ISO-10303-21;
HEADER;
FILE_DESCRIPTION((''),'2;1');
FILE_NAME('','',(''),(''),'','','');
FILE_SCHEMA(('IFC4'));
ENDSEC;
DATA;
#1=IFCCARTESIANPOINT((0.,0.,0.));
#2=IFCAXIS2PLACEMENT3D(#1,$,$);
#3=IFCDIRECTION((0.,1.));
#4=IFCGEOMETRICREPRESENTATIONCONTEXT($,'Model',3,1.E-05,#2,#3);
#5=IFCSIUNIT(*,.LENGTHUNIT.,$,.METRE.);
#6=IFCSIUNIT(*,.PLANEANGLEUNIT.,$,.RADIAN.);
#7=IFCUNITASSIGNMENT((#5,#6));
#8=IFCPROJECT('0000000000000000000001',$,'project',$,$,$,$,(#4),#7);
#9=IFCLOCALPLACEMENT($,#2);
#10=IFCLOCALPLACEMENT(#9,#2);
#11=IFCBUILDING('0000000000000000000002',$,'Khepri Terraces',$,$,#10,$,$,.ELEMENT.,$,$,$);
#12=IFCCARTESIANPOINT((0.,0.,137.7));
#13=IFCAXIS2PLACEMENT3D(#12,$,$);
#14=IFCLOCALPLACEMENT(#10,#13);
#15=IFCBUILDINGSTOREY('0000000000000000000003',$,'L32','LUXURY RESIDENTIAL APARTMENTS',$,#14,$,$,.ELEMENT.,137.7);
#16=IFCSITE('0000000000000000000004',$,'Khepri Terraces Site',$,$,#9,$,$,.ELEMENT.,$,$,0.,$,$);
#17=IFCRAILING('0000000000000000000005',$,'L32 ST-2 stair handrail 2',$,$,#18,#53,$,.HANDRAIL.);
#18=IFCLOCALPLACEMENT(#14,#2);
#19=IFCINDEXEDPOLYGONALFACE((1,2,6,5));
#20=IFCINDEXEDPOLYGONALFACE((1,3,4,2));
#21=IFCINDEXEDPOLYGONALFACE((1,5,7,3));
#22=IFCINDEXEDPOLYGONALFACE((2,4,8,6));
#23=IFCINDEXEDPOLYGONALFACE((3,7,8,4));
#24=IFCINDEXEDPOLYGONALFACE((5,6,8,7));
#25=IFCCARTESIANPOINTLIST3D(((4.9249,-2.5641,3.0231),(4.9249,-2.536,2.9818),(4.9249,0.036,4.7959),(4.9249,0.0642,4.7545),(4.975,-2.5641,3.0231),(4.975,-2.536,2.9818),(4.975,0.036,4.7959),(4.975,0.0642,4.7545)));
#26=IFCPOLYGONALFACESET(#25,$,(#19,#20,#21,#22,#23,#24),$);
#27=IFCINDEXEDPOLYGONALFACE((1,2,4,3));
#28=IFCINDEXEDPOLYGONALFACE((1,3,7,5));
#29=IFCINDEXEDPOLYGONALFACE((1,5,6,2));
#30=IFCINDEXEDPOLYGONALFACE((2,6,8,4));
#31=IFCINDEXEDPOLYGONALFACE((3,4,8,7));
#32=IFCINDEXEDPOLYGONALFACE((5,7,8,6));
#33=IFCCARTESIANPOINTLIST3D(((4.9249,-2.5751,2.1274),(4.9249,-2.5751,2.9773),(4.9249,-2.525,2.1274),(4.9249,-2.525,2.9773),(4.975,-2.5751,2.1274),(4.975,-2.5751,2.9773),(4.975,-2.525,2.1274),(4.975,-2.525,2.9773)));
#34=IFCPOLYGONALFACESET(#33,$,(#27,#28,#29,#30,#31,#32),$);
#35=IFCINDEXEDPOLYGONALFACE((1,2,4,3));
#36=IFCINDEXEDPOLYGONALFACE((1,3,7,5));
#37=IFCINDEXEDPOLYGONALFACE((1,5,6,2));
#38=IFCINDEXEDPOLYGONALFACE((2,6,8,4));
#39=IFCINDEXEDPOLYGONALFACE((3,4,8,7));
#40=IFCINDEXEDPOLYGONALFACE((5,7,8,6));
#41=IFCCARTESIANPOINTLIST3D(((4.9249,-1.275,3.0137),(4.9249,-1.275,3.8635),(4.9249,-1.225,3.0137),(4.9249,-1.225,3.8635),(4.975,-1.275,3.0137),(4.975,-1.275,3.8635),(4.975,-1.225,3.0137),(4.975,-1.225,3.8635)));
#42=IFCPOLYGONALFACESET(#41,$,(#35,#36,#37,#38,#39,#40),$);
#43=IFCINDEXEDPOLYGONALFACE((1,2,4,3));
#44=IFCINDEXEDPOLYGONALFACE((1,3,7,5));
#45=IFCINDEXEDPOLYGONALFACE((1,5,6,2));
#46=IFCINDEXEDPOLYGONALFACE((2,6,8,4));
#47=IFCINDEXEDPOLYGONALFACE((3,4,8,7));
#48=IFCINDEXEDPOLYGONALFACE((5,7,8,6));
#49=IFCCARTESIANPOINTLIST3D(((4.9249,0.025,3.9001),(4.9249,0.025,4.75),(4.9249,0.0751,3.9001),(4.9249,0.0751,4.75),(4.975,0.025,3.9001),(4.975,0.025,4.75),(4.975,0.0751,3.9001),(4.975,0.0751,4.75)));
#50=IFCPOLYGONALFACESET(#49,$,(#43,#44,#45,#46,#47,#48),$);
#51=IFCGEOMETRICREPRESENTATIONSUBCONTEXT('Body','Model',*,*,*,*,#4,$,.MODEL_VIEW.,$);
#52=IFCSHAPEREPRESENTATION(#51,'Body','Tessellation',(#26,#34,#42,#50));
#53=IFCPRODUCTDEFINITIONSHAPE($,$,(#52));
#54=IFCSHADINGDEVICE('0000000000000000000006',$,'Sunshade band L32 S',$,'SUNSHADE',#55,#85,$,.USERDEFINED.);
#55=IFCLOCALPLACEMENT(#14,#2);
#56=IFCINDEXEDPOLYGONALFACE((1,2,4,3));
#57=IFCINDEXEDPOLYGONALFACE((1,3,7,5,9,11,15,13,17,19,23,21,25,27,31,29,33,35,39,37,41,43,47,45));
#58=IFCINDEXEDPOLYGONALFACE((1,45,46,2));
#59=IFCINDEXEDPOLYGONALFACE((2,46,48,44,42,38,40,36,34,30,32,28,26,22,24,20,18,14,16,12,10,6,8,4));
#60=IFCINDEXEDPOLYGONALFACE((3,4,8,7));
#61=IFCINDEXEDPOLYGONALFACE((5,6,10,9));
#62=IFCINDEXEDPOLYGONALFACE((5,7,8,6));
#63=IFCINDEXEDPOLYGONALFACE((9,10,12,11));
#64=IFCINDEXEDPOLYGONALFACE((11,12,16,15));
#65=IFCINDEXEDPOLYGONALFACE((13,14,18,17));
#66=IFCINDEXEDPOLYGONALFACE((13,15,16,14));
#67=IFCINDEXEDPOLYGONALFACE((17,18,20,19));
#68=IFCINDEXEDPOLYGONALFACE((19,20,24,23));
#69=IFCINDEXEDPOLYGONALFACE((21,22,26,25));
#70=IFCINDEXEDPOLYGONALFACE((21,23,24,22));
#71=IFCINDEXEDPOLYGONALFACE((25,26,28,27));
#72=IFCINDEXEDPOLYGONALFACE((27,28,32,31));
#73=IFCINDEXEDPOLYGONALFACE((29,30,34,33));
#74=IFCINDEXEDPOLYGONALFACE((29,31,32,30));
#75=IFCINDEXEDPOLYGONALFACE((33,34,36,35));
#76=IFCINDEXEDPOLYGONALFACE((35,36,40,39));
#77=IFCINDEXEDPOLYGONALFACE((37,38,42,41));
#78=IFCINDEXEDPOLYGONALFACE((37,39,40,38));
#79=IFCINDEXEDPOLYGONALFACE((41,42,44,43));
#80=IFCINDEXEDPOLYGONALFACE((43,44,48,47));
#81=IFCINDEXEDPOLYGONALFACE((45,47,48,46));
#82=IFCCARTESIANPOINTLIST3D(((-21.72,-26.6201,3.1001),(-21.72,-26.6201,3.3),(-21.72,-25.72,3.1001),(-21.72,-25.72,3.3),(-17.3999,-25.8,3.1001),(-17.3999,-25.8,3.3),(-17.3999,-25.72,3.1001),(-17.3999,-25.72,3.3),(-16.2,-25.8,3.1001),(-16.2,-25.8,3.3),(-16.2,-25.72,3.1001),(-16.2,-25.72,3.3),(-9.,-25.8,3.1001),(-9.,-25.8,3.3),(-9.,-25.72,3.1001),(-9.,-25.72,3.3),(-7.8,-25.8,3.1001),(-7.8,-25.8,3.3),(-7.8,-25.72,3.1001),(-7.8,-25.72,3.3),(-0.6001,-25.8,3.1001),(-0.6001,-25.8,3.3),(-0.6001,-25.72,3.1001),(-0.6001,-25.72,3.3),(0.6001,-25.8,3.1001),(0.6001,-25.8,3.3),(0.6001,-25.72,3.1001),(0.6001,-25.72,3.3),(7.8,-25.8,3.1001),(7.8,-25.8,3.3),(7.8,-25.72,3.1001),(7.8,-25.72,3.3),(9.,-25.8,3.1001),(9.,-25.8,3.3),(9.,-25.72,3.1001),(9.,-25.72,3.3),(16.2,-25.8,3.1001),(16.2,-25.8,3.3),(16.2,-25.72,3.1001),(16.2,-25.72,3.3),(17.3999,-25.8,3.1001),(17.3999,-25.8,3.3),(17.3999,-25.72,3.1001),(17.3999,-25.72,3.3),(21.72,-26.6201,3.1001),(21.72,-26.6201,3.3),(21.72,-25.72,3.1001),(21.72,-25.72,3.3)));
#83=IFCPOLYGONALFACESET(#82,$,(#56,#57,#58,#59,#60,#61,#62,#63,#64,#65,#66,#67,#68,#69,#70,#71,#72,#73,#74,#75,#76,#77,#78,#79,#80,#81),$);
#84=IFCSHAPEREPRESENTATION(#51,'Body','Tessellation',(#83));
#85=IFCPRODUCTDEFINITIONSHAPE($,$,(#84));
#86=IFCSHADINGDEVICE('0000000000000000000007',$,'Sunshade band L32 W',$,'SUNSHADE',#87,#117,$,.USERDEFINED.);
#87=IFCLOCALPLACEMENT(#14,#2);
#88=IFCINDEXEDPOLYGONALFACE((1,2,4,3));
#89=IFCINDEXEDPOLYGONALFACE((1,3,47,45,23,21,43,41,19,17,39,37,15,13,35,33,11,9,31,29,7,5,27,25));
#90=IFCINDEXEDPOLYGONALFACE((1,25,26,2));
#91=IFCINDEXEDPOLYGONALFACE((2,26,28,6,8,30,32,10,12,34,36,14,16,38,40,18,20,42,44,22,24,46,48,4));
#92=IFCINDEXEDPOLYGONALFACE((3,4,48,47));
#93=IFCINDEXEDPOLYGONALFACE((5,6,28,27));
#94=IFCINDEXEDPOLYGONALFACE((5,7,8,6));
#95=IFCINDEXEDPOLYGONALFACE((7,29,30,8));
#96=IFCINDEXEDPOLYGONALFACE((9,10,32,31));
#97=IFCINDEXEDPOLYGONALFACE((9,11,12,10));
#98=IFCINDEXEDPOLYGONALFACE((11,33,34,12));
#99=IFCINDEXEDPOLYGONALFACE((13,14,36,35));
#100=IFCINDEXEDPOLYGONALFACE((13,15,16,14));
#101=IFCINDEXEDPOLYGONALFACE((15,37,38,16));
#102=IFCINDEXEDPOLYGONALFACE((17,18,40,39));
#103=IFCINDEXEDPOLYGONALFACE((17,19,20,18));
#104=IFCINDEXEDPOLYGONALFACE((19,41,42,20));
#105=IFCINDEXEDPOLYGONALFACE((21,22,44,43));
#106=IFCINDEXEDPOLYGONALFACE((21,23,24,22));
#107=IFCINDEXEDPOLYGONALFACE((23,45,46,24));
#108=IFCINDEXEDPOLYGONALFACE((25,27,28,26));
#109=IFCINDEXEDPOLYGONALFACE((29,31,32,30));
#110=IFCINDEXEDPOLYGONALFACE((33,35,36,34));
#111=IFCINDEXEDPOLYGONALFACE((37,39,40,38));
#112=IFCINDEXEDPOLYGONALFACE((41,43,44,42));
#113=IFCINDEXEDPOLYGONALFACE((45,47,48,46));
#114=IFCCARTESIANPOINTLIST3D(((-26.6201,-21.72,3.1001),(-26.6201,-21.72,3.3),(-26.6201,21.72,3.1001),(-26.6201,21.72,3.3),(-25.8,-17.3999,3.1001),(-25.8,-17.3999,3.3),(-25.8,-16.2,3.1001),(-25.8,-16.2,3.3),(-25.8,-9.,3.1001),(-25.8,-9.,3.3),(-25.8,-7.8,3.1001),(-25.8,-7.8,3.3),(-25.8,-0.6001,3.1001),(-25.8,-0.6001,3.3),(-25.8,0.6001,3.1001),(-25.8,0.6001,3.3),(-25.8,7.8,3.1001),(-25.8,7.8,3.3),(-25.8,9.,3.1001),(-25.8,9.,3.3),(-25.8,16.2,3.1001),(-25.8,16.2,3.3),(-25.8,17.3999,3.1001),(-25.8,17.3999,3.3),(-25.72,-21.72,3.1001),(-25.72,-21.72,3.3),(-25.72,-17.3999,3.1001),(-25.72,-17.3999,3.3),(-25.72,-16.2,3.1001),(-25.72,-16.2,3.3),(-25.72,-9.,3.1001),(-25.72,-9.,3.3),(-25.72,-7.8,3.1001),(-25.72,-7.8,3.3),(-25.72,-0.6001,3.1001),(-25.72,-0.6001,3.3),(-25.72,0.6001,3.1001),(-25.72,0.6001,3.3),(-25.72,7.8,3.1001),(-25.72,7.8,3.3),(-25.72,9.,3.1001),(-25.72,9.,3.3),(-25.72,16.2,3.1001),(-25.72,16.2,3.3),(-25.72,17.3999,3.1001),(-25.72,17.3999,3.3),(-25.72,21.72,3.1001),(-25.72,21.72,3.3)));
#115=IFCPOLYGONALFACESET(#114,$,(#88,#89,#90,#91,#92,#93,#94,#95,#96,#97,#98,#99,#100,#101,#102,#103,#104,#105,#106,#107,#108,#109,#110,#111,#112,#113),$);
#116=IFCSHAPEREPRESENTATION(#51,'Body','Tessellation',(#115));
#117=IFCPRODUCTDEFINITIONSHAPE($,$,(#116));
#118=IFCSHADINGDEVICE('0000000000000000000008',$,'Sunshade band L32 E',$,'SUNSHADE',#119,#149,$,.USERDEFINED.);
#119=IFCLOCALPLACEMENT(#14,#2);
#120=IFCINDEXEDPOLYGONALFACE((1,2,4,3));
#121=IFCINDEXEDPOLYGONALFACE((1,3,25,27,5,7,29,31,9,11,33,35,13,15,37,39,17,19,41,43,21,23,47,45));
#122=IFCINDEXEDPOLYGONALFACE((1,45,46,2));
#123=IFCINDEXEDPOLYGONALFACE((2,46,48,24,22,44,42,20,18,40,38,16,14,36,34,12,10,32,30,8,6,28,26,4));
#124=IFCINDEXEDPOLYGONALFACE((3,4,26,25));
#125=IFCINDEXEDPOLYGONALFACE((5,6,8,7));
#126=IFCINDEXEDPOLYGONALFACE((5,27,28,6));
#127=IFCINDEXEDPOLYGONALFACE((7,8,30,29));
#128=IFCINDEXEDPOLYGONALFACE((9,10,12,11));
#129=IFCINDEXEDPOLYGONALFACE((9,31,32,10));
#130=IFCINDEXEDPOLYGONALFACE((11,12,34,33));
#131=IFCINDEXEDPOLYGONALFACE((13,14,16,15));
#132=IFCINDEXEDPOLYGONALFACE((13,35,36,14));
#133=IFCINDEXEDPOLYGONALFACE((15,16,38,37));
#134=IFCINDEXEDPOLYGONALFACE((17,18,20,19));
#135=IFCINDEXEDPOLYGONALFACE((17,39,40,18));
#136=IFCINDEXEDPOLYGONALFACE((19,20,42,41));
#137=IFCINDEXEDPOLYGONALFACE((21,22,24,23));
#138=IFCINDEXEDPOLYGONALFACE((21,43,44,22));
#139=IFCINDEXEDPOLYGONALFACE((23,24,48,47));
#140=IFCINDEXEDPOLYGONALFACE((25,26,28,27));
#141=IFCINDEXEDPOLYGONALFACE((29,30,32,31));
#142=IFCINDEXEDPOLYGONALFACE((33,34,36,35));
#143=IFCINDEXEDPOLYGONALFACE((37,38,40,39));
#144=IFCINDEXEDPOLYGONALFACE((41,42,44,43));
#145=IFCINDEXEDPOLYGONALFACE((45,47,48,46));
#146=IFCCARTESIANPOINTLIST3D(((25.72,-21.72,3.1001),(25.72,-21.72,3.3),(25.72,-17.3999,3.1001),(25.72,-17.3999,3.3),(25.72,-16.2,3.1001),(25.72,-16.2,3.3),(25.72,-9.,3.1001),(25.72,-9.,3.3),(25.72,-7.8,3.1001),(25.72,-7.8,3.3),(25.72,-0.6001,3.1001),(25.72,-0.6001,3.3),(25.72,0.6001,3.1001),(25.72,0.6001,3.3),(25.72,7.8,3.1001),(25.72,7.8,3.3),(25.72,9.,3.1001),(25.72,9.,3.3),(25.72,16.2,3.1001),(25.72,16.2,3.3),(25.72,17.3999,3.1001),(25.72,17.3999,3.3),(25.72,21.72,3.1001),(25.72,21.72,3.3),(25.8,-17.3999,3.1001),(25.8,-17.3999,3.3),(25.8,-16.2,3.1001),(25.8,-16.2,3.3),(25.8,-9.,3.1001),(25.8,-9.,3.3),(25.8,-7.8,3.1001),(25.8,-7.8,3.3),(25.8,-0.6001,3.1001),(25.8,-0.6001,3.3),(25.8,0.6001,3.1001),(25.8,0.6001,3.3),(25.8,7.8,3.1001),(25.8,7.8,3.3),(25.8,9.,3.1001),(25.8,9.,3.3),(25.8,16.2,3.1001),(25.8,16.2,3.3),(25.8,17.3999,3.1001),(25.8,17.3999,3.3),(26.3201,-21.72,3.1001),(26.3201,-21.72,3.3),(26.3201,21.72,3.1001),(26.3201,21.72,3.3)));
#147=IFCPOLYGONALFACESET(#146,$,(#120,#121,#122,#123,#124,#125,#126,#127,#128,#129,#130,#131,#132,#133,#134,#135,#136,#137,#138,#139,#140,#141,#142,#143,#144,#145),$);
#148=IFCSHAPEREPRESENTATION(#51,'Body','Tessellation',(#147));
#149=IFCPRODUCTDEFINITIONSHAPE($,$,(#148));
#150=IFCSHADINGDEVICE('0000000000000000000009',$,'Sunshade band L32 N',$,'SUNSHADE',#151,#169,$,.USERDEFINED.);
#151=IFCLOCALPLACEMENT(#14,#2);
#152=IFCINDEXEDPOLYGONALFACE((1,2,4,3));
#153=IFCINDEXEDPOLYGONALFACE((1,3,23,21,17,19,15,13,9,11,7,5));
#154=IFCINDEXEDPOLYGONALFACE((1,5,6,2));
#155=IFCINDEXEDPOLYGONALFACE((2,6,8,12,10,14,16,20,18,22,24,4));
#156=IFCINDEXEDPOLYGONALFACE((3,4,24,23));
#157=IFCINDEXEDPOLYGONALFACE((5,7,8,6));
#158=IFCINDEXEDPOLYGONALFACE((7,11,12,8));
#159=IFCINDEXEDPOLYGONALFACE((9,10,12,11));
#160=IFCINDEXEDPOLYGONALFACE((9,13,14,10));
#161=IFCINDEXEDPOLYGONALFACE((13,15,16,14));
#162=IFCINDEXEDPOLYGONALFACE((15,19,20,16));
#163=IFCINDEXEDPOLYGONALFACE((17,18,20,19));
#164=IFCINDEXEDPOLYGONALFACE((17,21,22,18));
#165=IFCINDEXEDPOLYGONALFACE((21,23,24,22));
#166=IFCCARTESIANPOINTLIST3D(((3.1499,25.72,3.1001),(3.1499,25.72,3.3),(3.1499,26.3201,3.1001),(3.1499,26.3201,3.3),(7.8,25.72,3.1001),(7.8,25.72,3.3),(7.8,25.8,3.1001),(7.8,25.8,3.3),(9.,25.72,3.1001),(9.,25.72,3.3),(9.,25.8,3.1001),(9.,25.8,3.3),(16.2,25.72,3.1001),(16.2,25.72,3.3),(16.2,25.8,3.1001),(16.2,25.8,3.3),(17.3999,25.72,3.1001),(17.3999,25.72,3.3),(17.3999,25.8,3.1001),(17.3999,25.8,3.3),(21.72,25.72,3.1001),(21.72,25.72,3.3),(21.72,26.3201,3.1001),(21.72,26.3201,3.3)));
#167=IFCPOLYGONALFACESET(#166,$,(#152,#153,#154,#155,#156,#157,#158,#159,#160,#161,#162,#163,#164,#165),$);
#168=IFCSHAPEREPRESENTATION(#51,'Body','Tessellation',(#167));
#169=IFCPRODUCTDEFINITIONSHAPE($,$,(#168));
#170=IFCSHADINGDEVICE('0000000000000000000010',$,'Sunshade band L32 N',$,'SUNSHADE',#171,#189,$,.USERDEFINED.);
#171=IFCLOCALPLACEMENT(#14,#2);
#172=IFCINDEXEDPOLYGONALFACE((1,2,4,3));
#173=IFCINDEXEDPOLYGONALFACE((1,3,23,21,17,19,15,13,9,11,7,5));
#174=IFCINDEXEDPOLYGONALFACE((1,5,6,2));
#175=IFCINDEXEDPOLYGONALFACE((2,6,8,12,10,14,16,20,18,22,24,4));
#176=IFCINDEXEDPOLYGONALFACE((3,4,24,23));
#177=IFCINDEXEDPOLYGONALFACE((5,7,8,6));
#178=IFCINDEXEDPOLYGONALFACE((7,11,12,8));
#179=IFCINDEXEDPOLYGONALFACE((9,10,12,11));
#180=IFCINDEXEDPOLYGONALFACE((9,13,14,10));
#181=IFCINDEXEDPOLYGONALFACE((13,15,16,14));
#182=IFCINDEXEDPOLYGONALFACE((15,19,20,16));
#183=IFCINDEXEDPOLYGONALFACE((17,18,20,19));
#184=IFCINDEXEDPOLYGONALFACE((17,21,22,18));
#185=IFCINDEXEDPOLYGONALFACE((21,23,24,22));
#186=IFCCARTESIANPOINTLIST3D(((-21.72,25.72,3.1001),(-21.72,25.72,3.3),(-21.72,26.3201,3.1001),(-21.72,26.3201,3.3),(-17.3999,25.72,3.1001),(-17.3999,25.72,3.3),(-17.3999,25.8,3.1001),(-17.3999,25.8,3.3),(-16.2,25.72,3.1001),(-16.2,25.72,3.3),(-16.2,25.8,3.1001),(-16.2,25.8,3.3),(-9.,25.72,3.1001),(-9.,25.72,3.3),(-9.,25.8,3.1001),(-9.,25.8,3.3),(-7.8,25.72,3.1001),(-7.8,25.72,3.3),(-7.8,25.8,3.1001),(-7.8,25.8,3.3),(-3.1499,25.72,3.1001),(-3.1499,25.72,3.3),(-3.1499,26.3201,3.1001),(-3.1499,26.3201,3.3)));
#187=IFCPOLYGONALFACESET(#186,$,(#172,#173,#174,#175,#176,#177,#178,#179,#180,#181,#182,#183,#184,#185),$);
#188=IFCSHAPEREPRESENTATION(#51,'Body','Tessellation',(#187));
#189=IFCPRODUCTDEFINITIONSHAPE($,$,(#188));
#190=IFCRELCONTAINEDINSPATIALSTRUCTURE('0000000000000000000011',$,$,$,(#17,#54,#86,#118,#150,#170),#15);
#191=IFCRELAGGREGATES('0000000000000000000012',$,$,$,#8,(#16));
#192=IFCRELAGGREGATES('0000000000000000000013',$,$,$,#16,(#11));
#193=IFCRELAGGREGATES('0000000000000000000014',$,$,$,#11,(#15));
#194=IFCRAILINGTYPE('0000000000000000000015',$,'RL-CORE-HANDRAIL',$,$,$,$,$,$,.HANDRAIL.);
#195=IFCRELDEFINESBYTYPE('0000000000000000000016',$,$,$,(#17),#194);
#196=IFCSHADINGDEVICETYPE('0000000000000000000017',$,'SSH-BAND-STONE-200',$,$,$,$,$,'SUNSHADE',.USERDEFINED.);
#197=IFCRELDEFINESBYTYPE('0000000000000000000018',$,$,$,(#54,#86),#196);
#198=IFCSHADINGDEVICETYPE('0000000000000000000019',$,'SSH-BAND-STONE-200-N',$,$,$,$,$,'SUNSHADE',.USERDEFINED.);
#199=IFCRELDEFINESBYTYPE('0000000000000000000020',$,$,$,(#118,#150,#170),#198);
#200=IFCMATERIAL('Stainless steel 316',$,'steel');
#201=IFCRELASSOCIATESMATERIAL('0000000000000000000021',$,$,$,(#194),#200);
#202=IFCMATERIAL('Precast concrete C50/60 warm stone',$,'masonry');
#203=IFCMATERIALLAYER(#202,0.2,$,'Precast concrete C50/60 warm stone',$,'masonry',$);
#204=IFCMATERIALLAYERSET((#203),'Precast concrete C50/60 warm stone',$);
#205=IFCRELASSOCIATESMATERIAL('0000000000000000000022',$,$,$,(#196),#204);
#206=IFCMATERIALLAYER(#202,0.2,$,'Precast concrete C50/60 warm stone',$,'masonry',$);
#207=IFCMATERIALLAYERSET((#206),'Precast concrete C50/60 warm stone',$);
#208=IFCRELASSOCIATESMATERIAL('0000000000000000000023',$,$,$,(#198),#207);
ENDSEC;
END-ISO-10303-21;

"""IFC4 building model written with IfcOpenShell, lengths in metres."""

from ifc_helpers import new_model, si_unit, direction, frame, origin, origin_2d, place, context, subcontext, project, spatial, polyline, rectangle, outline, extrude, material, layer, layer_set, type_object, element, save


model = new_model("IFC4")

# Units and contexts
model_context = context("Model", 3, precision=1e-05, world=origin(), true_north=direction((0.0, 1.0)))
body_context = subcontext(model_context, "Body", "Model", "MODEL_VIEW")
ifc_project = project(units=[si_unit("LENGTHUNIT", "METRE"), si_unit("PLANEANGLEUNIT", "RADIAN")], contexts=[model_context])

# Site, building, storey
site_placement = place(None, origin())
site = spatial("IfcSite", under=ifc_project, at=site_placement, Name="Khepri Terraces Site", CompositionType="ELEMENT", RefElevation=0.0)
building_placement = place(site_placement, origin())
building = spatial("IfcBuilding", under=site, at=building_placement, Name="Khepri Terraces", CompositionType="ELEMENT")
storey_placement = place(building_placement, frame((0.0, 0.0, 137.7)))
storey = spatial("IfcBuildingStorey", under=building, at=storey_placement, Name="L32", Description="LUXURY RESIDENTIAL APARTMENTS", CompositionType="ELEMENT", Elevation=137.7)

# Shared definitions
ifc_material_1 = material(Name="Precast concrete C50/60 warm stone", Category="masonry")

# Railing
ifc_material_2 = material(Name="Stainless steel 316", Category="steel")
railing_type_1 = type_object("IfcRailingType", Name="RL-CORE-HANDRAIL", PredefinedType="HANDRAIL", material=ifc_material_2)
railing_1_placement = place(storey_placement, frame((4.95, -2.55, 2.1274)))
element("IfcRailing", 1, at=railing_1_placement, inside=storey, type_object=railing_type_1, Name="L32 ST-2 stair handrail 2", PredefinedType="HANDRAIL", context=body_context, shape_type="SweptSolid", body=[
    extrude(rectangle(XDim=0.05, YDim=0.05, at=origin_2d()), frame((0.0, 0.0, 0.875), z_axis=(0.0, 0.82624, 0.563318), x_axis=(-1.0, 0.0, 0.0)), (0.0, 0.0, 1.0), 3.147),
    extrude(rectangle(XDim=0.05, YDim=0.05, at=origin_2d()), origin(), (0.0, 0.0, 1.0), 0.8499),
    extrude(rectangle(XDim=0.05, YDim=0.05, at=origin_2d()), frame((0.0, 1.3, 0.8862)), (0.0, 0.0, 1.0), 0.8499),
    extrude(rectangle(XDim=0.05, YDim=0.05, at=origin_2d()), frame((0.0, 2.6001, 1.7727)), (0.0, 0.0, 1.0), 0.8499),
])

# Shading devices
ifc_layer_1 = layer(ifc_material_1, 0.2, Name="Precast concrete C50/60 warm stone", Category="masonry")
ifc_layer_set_1 = layer_set([ifc_layer_1], Name="Precast concrete C50/60 warm stone")
shading_device_type_1 = type_object("IfcShadingDeviceType", Name="SSH-BAND-STONE-200", ElementType="SUNSHADE", PredefinedType="USERDEFINED", material=ifc_layer_set_1)
shading_device_1_placement = place(storey_placement, frame((0.0, 0.0, 3.1001)))
element("IfcShadingDevice", 2, at=shading_device_1_placement, inside=storey, type_object=shading_device_type_1, Name="Sunshade band L32 S", ObjectType="SUNSHADE", PredefinedType="USERDEFINED", context=body_context, shape_type="SweptSolid", body=[
    extrude(outline(polyline([(-17.3999, -25.72), (-21.72, -25.72), (-21.72, -26.6201), (21.72, -26.6201), (21.72, -25.72), (17.3999, -25.72), (17.3999, -25.8), (16.2, -25.8), (16.2, -25.72), (9.0, -25.72), (9.0, -25.8), (7.8, -25.8), (7.8, -25.72), (0.6001, -25.72), (0.6001, -25.8), (-0.6001, -25.8), (-0.6001, -25.72), (-7.8, -25.72), (-7.8, -25.8), (-9.0, -25.8), (-9.0, -25.72), (-16.2, -25.72), (-16.2, -25.8), (-17.3999, -25.8), (-17.3999, -25.72)])), origin(), (0.0, 0.0, 1.0), 0.2),
])
shading_device_2_placement = place(storey_placement, frame((0.0, 0.0, 3.1001)))
element("IfcShadingDevice", 3, at=shading_device_2_placement, inside=storey, type_object=shading_device_type_1, Name="Sunshade band L32 W", ObjectType="SUNSHADE", PredefinedType="USERDEFINED", context=body_context, shape_type="SweptSolid", body=[
    extrude(outline(polyline([(-25.72, 17.3999), (-25.72, 21.72), (-26.6201, 21.72), (-26.6201, -21.72), (-25.72, -21.72), (-25.72, -17.3999), (-25.8, -17.3999), (-25.8, -16.2), (-25.72, -16.2), (-25.72, -9.0), (-25.8, -9.0), (-25.8, -7.8), (-25.72, -7.8), (-25.72, -0.6001), (-25.8, -0.6001), (-25.8, 0.6001), (-25.72, 0.6001), (-25.72, 7.8), (-25.8, 7.8), (-25.8, 9.0), (-25.72, 9.0), (-25.72, 16.2), (-25.8, 16.2), (-25.8, 17.3999), (-25.72, 17.3999)])), origin(), (0.0, 0.0, 1.0), 0.2),
])
ifc_layer_2 = layer(ifc_material_1, 0.2, Name="Precast concrete C50/60 warm stone", Category="masonry")
ifc_layer_set_2 = layer_set([ifc_layer_2], Name="Precast concrete C50/60 warm stone")
shading_device_type_2 = type_object("IfcShadingDeviceType", Name="SSH-BAND-STONE-200-N", ElementType="SUNSHADE", PredefinedType="USERDEFINED", material=ifc_layer_set_2)
shading_device_3_placement = place(storey_placement, frame((0.0, 0.0, 3.1001)))
element("IfcShadingDevice", 4, at=shading_device_3_placement, inside=storey, type_object=shading_device_type_2, Name="Sunshade band L32 E", ObjectType="SUNSHADE", PredefinedType="USERDEFINED", context=body_context, shape_type="SweptSolid", body=[
    extrude(outline(polyline([(25.72, -17.3999), (25.72, -21.72), (26.3201, -21.72), (26.3201, 21.72), (25.72, 21.72), (25.72, 17.3999), (25.8, 17.3999), (25.8, 16.2), (25.72, 16.2), (25.72, 9.0), (25.8, 9.0), (25.8, 7.8), (25.72, 7.8), (25.72, 0.6001), (25.8, 0.6001), (25.8, -0.6001), (25.72, -0.6001), (25.72, -7.8), (25.8, -7.8), (25.8, -9.0), (25.72, -9.0), (25.72, -16.2), (25.8, -16.2), (25.8, -17.3999), (25.72, -17.3999)])), origin(), (0.0, 0.0, 1.0), 0.2),
])
shading_device_4_placement = place(storey_placement, frame((0.0, 0.0, 3.1001)))
element("IfcShadingDevice", 5, at=shading_device_4_placement, inside=storey, type_object=shading_device_type_2, Name="Sunshade band L32 N", ObjectType="SUNSHADE", PredefinedType="USERDEFINED", context=body_context, shape_type="SweptSolid", body=[
    extrude(outline(polyline([(17.3999, 25.72), (21.72, 25.72), (21.72, 26.3201), (3.1499, 26.3201), (3.1499, 25.72), (7.8, 25.72), (7.8, 25.8), (9.0, 25.8), (9.0, 25.72), (16.2, 25.72), (16.2, 25.8), (17.3999, 25.8), (17.3999, 25.72)])), origin(), (0.0, 0.0, 1.0), 0.2),
])
shading_device_5_placement = place(storey_placement, frame((0.0, 0.0, 3.1001)))
element("IfcShadingDevice", 6, at=shading_device_5_placement, inside=storey, type_object=shading_device_type_2, Name="Sunshade band L32 N", ObjectType="SUNSHADE", PredefinedType="USERDEFINED", context=body_context, shape_type="SweptSolid", body=[
    extrude(outline(polyline([(-7.8, 25.72), (-3.1499, 25.72), (-3.1499, 26.3201), (-21.72, 26.3201), (-21.72, 25.72), (-17.3999, 25.72), (-17.3999, 25.8), (-16.2, 25.8), (-16.2, 25.72), (-9.0, 25.72), (-9.0, 25.8), (-7.8, 25.8), (-7.8, 25.72)])), origin(), (0.0, 0.0, 1.0), 0.2),
])

save(model, "model.ifc")
